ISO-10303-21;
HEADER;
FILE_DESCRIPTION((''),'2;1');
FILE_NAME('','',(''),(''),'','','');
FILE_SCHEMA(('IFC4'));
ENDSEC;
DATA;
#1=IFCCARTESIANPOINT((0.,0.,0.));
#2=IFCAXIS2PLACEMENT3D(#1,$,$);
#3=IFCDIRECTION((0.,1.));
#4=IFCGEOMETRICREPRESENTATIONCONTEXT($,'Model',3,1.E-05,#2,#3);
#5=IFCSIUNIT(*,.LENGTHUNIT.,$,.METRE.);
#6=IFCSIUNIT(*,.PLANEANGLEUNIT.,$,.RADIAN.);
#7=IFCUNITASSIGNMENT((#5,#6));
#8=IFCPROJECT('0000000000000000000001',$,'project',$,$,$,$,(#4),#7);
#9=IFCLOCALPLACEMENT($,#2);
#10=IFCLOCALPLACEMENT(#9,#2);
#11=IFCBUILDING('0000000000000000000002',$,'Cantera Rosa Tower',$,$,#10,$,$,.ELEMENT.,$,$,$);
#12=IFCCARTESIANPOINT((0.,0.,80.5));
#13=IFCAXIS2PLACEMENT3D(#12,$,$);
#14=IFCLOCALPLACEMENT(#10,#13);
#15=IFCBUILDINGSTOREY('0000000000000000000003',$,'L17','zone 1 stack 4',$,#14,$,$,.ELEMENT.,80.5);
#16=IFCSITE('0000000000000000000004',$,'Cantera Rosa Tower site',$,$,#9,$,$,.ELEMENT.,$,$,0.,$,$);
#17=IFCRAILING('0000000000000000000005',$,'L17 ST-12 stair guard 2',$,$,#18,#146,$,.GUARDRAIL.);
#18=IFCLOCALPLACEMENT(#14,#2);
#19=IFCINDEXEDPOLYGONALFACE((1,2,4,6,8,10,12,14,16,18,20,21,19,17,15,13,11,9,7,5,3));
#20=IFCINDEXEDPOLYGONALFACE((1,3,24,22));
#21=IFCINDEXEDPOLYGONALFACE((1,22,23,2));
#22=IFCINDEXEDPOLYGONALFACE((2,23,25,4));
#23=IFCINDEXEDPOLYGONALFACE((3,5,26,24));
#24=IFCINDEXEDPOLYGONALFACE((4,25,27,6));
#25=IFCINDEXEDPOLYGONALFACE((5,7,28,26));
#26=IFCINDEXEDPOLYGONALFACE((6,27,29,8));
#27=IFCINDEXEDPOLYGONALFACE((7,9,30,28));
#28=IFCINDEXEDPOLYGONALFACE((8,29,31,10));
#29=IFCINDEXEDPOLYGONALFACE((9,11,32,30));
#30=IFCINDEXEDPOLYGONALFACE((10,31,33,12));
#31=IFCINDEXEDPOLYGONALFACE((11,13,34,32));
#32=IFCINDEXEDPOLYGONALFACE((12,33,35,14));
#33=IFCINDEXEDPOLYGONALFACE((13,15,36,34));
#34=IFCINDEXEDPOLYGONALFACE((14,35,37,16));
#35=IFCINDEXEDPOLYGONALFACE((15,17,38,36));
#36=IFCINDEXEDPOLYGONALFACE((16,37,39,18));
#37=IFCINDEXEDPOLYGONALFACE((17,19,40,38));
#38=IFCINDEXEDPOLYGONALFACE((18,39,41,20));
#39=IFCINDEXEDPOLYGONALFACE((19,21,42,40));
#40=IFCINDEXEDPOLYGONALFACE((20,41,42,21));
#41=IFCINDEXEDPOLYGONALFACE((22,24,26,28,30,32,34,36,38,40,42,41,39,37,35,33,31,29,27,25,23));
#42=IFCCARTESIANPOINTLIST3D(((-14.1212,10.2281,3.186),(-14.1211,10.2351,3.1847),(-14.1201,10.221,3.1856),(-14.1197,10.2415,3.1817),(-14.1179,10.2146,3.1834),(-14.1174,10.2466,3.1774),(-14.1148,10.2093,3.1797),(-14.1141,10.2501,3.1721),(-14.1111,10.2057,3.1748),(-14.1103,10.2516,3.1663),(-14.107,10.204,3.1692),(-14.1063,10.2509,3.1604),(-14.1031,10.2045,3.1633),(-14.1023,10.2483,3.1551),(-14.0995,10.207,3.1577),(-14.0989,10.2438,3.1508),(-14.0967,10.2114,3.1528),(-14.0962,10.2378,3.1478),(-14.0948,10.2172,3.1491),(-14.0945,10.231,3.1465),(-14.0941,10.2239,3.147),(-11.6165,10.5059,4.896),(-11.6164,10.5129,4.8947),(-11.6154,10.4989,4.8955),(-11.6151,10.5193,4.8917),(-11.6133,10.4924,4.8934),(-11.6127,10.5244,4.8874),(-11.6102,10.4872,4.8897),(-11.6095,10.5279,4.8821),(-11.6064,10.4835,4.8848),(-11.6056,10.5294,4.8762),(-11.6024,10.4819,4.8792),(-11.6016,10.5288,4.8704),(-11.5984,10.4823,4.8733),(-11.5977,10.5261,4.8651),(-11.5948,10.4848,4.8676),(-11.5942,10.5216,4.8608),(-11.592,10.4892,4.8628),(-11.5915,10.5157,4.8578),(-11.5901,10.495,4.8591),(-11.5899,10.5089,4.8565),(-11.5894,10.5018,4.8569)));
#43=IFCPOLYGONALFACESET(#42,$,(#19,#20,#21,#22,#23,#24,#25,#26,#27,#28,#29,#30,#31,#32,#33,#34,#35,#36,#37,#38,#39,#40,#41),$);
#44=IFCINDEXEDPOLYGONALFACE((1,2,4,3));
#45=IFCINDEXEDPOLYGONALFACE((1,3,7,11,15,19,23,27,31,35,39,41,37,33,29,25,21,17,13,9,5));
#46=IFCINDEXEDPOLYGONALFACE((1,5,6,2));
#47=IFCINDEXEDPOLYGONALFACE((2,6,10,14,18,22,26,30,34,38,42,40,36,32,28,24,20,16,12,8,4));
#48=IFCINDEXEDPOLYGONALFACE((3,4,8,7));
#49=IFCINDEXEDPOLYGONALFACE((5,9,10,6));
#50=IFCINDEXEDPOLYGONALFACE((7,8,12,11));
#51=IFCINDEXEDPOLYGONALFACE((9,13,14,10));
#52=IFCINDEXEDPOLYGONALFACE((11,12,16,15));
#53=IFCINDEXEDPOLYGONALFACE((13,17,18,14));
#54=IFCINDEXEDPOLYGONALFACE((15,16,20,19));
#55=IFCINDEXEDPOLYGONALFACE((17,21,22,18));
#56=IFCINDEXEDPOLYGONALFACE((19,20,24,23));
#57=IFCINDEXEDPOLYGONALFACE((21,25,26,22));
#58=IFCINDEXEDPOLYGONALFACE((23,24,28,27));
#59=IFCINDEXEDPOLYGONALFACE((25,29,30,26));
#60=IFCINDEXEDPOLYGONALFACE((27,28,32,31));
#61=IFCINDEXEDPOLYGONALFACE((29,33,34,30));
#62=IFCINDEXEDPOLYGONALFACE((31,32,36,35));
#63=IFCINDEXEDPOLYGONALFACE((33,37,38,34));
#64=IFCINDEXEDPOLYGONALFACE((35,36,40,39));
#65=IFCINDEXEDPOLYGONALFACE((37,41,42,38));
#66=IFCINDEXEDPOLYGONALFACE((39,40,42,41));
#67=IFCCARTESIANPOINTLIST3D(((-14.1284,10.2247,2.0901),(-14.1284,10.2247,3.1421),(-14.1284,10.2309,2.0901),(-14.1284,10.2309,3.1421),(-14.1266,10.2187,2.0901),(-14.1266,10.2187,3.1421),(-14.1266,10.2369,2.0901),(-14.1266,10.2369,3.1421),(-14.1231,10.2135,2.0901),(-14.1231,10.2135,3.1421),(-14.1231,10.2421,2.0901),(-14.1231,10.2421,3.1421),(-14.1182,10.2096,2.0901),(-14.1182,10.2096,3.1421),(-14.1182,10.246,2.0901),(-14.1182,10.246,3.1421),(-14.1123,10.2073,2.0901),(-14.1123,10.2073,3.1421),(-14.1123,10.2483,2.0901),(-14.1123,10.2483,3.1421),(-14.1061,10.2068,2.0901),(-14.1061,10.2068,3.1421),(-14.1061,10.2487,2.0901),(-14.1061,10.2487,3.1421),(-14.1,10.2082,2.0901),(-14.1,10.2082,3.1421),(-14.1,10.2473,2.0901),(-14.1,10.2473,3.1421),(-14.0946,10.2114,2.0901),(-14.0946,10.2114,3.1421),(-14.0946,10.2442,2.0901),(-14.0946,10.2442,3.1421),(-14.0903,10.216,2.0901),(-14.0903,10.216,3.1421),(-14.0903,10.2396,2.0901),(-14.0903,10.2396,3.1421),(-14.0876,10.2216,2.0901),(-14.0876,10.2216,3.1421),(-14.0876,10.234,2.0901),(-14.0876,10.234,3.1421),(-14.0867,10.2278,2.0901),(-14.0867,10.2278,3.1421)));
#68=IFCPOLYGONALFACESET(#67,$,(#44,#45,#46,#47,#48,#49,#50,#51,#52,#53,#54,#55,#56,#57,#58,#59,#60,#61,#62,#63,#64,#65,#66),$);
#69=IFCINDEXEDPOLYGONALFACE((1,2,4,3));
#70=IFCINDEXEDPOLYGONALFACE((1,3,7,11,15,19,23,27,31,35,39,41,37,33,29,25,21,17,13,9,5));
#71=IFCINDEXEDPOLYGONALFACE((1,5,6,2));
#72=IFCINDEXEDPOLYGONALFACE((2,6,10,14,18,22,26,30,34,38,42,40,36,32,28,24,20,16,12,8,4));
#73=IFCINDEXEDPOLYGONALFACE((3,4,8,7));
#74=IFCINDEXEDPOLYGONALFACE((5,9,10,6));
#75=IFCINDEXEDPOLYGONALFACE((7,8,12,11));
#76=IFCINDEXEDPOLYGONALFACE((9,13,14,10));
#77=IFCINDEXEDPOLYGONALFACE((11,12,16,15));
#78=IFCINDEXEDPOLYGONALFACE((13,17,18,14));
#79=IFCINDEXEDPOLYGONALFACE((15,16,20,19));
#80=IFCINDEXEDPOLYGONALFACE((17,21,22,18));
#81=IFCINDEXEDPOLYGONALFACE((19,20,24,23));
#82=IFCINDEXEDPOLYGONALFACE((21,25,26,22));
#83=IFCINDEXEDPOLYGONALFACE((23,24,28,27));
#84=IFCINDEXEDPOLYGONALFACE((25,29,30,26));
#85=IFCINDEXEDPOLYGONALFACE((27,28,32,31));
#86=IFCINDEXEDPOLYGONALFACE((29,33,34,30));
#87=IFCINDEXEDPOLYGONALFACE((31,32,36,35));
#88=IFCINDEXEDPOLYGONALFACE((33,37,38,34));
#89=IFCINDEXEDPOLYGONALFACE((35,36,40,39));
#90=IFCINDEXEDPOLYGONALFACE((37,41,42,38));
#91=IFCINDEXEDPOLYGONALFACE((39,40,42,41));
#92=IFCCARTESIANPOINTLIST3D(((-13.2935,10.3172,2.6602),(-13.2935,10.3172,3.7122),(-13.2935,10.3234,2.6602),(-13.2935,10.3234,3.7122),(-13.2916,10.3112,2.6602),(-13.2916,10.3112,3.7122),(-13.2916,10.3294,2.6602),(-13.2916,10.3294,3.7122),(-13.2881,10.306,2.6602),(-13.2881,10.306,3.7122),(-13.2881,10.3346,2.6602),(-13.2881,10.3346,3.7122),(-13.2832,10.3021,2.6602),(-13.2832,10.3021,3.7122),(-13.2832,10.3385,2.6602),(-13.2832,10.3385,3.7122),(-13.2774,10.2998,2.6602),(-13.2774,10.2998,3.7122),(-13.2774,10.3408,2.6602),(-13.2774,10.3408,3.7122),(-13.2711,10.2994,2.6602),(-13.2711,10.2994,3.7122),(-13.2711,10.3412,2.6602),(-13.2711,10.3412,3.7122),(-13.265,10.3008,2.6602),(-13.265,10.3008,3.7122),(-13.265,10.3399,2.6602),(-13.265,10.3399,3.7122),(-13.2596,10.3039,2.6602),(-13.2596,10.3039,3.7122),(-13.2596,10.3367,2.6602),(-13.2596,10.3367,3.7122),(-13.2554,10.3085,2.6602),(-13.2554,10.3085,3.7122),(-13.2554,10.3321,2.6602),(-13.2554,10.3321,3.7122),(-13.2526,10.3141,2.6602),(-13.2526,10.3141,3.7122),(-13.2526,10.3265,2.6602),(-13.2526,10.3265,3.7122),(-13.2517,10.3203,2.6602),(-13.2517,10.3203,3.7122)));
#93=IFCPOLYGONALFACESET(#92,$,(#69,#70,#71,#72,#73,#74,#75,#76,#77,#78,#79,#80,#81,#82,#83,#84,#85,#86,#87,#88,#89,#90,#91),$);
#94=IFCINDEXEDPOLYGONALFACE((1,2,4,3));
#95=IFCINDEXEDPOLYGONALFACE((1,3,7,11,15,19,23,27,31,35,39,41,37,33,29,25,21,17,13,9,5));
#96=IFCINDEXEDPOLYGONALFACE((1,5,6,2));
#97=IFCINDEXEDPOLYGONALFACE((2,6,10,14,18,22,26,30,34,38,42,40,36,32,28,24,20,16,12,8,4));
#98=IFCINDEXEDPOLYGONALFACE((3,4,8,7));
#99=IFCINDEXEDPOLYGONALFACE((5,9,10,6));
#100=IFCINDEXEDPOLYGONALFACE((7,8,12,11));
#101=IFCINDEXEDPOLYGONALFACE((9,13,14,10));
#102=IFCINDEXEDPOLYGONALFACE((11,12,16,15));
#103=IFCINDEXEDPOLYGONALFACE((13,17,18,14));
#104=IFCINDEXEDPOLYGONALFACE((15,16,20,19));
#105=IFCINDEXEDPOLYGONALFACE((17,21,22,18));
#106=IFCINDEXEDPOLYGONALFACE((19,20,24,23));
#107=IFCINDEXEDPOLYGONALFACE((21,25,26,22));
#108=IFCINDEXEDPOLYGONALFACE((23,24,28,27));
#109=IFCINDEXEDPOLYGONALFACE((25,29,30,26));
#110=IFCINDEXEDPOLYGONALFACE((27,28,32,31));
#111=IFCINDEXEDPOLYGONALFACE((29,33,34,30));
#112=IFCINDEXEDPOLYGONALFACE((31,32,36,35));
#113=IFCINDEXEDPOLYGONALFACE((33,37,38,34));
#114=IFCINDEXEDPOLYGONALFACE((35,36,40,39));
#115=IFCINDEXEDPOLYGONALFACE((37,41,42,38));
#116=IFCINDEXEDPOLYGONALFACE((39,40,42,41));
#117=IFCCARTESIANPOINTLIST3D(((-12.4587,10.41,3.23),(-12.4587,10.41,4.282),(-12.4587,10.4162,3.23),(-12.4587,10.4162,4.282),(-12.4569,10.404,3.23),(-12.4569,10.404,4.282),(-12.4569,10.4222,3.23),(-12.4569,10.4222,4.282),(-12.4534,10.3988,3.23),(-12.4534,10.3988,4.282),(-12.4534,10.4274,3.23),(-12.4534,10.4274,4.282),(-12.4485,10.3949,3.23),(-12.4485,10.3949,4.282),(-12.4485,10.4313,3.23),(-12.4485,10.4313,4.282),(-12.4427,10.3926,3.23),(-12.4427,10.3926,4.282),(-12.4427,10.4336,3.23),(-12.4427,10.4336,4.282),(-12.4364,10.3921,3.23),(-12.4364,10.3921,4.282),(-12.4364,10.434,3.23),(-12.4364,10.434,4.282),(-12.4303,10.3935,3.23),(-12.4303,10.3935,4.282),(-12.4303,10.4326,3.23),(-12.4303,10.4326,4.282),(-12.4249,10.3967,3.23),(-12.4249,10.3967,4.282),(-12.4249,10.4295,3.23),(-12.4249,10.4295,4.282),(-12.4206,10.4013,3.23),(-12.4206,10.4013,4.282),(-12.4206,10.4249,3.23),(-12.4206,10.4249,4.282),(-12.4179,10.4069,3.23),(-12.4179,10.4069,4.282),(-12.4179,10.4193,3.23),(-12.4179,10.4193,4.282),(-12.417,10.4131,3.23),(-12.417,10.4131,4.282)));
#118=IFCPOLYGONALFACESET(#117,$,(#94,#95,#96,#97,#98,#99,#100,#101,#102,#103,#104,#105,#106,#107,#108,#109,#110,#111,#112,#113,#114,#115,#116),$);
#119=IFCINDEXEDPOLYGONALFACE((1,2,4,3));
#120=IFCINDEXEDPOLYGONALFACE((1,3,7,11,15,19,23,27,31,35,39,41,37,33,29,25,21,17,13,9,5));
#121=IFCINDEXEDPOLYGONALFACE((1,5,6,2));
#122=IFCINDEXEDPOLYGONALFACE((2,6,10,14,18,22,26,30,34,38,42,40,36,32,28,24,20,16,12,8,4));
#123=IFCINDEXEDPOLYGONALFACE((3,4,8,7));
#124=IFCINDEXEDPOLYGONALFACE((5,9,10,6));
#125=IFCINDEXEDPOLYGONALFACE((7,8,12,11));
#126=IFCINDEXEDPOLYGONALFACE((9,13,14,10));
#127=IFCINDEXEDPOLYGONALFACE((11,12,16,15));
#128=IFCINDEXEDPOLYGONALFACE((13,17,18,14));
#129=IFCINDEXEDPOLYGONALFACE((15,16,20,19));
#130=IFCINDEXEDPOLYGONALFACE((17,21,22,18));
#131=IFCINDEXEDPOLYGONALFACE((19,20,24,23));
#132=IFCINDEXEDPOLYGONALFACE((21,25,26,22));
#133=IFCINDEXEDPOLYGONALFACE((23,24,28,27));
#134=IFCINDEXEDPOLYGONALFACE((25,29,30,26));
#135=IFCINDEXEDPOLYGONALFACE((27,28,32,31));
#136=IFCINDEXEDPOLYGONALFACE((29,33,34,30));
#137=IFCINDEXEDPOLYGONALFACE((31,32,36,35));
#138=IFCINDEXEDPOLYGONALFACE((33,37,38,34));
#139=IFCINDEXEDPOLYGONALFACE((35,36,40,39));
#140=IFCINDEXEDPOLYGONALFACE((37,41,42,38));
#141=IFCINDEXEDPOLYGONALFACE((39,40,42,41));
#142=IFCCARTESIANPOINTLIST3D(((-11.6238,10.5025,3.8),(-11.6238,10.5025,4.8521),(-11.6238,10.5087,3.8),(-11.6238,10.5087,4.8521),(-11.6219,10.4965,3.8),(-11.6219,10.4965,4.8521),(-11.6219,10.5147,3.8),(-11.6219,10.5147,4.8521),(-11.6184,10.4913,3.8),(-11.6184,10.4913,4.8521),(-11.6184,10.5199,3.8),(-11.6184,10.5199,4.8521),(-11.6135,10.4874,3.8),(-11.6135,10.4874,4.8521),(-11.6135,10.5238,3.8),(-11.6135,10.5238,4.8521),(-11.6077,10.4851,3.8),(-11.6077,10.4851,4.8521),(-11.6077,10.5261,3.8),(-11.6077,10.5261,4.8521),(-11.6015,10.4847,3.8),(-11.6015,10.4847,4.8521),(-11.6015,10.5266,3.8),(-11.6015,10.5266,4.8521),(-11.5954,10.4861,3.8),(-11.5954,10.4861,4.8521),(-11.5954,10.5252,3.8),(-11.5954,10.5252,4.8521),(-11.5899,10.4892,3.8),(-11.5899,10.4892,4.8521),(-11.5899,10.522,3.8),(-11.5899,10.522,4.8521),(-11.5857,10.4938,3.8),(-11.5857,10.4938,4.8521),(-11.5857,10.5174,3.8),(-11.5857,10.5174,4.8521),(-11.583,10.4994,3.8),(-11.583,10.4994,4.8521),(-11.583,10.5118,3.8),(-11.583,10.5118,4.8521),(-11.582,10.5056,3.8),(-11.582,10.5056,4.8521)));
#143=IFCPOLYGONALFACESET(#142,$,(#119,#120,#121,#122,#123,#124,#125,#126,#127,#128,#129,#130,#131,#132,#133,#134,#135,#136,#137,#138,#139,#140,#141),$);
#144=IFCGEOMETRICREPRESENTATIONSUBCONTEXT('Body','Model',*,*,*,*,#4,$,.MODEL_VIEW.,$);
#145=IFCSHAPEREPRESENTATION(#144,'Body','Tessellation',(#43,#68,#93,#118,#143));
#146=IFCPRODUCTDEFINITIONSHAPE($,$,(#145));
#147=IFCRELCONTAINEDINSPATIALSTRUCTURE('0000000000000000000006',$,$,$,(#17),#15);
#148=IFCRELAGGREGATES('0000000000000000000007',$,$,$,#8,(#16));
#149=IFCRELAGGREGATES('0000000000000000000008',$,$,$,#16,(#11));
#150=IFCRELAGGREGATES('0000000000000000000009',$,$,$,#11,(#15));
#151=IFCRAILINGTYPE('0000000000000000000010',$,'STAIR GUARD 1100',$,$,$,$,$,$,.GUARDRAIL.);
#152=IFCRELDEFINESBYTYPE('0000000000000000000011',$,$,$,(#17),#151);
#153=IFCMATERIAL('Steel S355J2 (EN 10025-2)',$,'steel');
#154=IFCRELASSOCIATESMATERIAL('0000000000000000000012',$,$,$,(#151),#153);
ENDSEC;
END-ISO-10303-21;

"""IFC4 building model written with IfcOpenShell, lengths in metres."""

from ifc_helpers import new_model, si_unit, direction, frame, origin, origin_2d, place, context, subcontext, project, spatial, circle, extrude, material, type_object, element, save


model = new_model("IFC4")

# Units and contexts
model_context = context("Model", 3, precision=1e-05, world=origin(), true_north=direction((0.0, 1.0)))
body_context = subcontext(model_context, "Body", "Model", "MODEL_VIEW")
ifc_project = project(units=[si_unit("LENGTHUNIT", "METRE"), si_unit("PLANEANGLEUNIT", "RADIAN")], contexts=[model_context])

# Site, building, storey
site_placement = place(None, origin())
site = spatial("IfcSite", under=ifc_project, at=site_placement, Name="Cantera Rosa Tower site", CompositionType="ELEMENT", RefElevation=0.0)
building_placement = place(site_placement, origin())
building = spatial("IfcBuilding", under=site, at=building_placement, Name="Cantera Rosa Tower", CompositionType="ELEMENT")
storey_placement = place(building_placement, frame((0.0, 0.0, 80.5)))
storey = spatial("IfcBuildingStorey", under=building, at=storey_placement, Name="L17", Description="zone 1 stack 4", CompositionType="ELEMENT", Elevation=80.5)

# Railing
ifc_material_1 = material(Name="Steel S355J2 (EN 10025-2)", Category="steel")
railing_type_1 = type_object("IfcRailingType", Name="STAIR GUARD 1100", PredefinedType="GUARDRAIL", material=ifc_material_1)
railing_1_placement = place(storey_placement, frame((-14.1077, 10.2278, 2.0901)))
element("IfcRailing", 1, at=railing_1_placement, inside=storey, type_object=railing_type_1, Name="L17 ST-12 stair guard 2", PredefinedType="GUARDRAIL", context=body_context, shape_type="SweptSolid", body=[
    extrude(circle(Radius=0.0239, at=origin_2d()), frame((0.0, 0.0, 1.0762), z_axis=(0.822437, 0.091231, 0.561492), x_axis=(-0.110251, 0.993904, 0.0)), (0.0, 0.0, 1.0), 3.0454),
    extrude(circle(Radius=0.021, at=origin_2d()), origin(), (0.0, 0.0, 1.0), 1.052),
    extrude(circle(Radius=0.021, at=origin_2d()), frame((0.835, 0.0925, 0.5701)), (0.0, 0.0, 1.0), 1.052),
    extrude(circle(Radius=0.021, at=origin_2d()), frame((1.6697, 0.1853, 1.1399)), (0.0, 0.0, 1.0), 1.052),
    extrude(circle(Radius=0.021, at=origin_2d()), frame((2.5046, 0.2778, 1.71)), (0.0, 0.0, 1.0), 1.052),
])

save(model, "model.ifc")
